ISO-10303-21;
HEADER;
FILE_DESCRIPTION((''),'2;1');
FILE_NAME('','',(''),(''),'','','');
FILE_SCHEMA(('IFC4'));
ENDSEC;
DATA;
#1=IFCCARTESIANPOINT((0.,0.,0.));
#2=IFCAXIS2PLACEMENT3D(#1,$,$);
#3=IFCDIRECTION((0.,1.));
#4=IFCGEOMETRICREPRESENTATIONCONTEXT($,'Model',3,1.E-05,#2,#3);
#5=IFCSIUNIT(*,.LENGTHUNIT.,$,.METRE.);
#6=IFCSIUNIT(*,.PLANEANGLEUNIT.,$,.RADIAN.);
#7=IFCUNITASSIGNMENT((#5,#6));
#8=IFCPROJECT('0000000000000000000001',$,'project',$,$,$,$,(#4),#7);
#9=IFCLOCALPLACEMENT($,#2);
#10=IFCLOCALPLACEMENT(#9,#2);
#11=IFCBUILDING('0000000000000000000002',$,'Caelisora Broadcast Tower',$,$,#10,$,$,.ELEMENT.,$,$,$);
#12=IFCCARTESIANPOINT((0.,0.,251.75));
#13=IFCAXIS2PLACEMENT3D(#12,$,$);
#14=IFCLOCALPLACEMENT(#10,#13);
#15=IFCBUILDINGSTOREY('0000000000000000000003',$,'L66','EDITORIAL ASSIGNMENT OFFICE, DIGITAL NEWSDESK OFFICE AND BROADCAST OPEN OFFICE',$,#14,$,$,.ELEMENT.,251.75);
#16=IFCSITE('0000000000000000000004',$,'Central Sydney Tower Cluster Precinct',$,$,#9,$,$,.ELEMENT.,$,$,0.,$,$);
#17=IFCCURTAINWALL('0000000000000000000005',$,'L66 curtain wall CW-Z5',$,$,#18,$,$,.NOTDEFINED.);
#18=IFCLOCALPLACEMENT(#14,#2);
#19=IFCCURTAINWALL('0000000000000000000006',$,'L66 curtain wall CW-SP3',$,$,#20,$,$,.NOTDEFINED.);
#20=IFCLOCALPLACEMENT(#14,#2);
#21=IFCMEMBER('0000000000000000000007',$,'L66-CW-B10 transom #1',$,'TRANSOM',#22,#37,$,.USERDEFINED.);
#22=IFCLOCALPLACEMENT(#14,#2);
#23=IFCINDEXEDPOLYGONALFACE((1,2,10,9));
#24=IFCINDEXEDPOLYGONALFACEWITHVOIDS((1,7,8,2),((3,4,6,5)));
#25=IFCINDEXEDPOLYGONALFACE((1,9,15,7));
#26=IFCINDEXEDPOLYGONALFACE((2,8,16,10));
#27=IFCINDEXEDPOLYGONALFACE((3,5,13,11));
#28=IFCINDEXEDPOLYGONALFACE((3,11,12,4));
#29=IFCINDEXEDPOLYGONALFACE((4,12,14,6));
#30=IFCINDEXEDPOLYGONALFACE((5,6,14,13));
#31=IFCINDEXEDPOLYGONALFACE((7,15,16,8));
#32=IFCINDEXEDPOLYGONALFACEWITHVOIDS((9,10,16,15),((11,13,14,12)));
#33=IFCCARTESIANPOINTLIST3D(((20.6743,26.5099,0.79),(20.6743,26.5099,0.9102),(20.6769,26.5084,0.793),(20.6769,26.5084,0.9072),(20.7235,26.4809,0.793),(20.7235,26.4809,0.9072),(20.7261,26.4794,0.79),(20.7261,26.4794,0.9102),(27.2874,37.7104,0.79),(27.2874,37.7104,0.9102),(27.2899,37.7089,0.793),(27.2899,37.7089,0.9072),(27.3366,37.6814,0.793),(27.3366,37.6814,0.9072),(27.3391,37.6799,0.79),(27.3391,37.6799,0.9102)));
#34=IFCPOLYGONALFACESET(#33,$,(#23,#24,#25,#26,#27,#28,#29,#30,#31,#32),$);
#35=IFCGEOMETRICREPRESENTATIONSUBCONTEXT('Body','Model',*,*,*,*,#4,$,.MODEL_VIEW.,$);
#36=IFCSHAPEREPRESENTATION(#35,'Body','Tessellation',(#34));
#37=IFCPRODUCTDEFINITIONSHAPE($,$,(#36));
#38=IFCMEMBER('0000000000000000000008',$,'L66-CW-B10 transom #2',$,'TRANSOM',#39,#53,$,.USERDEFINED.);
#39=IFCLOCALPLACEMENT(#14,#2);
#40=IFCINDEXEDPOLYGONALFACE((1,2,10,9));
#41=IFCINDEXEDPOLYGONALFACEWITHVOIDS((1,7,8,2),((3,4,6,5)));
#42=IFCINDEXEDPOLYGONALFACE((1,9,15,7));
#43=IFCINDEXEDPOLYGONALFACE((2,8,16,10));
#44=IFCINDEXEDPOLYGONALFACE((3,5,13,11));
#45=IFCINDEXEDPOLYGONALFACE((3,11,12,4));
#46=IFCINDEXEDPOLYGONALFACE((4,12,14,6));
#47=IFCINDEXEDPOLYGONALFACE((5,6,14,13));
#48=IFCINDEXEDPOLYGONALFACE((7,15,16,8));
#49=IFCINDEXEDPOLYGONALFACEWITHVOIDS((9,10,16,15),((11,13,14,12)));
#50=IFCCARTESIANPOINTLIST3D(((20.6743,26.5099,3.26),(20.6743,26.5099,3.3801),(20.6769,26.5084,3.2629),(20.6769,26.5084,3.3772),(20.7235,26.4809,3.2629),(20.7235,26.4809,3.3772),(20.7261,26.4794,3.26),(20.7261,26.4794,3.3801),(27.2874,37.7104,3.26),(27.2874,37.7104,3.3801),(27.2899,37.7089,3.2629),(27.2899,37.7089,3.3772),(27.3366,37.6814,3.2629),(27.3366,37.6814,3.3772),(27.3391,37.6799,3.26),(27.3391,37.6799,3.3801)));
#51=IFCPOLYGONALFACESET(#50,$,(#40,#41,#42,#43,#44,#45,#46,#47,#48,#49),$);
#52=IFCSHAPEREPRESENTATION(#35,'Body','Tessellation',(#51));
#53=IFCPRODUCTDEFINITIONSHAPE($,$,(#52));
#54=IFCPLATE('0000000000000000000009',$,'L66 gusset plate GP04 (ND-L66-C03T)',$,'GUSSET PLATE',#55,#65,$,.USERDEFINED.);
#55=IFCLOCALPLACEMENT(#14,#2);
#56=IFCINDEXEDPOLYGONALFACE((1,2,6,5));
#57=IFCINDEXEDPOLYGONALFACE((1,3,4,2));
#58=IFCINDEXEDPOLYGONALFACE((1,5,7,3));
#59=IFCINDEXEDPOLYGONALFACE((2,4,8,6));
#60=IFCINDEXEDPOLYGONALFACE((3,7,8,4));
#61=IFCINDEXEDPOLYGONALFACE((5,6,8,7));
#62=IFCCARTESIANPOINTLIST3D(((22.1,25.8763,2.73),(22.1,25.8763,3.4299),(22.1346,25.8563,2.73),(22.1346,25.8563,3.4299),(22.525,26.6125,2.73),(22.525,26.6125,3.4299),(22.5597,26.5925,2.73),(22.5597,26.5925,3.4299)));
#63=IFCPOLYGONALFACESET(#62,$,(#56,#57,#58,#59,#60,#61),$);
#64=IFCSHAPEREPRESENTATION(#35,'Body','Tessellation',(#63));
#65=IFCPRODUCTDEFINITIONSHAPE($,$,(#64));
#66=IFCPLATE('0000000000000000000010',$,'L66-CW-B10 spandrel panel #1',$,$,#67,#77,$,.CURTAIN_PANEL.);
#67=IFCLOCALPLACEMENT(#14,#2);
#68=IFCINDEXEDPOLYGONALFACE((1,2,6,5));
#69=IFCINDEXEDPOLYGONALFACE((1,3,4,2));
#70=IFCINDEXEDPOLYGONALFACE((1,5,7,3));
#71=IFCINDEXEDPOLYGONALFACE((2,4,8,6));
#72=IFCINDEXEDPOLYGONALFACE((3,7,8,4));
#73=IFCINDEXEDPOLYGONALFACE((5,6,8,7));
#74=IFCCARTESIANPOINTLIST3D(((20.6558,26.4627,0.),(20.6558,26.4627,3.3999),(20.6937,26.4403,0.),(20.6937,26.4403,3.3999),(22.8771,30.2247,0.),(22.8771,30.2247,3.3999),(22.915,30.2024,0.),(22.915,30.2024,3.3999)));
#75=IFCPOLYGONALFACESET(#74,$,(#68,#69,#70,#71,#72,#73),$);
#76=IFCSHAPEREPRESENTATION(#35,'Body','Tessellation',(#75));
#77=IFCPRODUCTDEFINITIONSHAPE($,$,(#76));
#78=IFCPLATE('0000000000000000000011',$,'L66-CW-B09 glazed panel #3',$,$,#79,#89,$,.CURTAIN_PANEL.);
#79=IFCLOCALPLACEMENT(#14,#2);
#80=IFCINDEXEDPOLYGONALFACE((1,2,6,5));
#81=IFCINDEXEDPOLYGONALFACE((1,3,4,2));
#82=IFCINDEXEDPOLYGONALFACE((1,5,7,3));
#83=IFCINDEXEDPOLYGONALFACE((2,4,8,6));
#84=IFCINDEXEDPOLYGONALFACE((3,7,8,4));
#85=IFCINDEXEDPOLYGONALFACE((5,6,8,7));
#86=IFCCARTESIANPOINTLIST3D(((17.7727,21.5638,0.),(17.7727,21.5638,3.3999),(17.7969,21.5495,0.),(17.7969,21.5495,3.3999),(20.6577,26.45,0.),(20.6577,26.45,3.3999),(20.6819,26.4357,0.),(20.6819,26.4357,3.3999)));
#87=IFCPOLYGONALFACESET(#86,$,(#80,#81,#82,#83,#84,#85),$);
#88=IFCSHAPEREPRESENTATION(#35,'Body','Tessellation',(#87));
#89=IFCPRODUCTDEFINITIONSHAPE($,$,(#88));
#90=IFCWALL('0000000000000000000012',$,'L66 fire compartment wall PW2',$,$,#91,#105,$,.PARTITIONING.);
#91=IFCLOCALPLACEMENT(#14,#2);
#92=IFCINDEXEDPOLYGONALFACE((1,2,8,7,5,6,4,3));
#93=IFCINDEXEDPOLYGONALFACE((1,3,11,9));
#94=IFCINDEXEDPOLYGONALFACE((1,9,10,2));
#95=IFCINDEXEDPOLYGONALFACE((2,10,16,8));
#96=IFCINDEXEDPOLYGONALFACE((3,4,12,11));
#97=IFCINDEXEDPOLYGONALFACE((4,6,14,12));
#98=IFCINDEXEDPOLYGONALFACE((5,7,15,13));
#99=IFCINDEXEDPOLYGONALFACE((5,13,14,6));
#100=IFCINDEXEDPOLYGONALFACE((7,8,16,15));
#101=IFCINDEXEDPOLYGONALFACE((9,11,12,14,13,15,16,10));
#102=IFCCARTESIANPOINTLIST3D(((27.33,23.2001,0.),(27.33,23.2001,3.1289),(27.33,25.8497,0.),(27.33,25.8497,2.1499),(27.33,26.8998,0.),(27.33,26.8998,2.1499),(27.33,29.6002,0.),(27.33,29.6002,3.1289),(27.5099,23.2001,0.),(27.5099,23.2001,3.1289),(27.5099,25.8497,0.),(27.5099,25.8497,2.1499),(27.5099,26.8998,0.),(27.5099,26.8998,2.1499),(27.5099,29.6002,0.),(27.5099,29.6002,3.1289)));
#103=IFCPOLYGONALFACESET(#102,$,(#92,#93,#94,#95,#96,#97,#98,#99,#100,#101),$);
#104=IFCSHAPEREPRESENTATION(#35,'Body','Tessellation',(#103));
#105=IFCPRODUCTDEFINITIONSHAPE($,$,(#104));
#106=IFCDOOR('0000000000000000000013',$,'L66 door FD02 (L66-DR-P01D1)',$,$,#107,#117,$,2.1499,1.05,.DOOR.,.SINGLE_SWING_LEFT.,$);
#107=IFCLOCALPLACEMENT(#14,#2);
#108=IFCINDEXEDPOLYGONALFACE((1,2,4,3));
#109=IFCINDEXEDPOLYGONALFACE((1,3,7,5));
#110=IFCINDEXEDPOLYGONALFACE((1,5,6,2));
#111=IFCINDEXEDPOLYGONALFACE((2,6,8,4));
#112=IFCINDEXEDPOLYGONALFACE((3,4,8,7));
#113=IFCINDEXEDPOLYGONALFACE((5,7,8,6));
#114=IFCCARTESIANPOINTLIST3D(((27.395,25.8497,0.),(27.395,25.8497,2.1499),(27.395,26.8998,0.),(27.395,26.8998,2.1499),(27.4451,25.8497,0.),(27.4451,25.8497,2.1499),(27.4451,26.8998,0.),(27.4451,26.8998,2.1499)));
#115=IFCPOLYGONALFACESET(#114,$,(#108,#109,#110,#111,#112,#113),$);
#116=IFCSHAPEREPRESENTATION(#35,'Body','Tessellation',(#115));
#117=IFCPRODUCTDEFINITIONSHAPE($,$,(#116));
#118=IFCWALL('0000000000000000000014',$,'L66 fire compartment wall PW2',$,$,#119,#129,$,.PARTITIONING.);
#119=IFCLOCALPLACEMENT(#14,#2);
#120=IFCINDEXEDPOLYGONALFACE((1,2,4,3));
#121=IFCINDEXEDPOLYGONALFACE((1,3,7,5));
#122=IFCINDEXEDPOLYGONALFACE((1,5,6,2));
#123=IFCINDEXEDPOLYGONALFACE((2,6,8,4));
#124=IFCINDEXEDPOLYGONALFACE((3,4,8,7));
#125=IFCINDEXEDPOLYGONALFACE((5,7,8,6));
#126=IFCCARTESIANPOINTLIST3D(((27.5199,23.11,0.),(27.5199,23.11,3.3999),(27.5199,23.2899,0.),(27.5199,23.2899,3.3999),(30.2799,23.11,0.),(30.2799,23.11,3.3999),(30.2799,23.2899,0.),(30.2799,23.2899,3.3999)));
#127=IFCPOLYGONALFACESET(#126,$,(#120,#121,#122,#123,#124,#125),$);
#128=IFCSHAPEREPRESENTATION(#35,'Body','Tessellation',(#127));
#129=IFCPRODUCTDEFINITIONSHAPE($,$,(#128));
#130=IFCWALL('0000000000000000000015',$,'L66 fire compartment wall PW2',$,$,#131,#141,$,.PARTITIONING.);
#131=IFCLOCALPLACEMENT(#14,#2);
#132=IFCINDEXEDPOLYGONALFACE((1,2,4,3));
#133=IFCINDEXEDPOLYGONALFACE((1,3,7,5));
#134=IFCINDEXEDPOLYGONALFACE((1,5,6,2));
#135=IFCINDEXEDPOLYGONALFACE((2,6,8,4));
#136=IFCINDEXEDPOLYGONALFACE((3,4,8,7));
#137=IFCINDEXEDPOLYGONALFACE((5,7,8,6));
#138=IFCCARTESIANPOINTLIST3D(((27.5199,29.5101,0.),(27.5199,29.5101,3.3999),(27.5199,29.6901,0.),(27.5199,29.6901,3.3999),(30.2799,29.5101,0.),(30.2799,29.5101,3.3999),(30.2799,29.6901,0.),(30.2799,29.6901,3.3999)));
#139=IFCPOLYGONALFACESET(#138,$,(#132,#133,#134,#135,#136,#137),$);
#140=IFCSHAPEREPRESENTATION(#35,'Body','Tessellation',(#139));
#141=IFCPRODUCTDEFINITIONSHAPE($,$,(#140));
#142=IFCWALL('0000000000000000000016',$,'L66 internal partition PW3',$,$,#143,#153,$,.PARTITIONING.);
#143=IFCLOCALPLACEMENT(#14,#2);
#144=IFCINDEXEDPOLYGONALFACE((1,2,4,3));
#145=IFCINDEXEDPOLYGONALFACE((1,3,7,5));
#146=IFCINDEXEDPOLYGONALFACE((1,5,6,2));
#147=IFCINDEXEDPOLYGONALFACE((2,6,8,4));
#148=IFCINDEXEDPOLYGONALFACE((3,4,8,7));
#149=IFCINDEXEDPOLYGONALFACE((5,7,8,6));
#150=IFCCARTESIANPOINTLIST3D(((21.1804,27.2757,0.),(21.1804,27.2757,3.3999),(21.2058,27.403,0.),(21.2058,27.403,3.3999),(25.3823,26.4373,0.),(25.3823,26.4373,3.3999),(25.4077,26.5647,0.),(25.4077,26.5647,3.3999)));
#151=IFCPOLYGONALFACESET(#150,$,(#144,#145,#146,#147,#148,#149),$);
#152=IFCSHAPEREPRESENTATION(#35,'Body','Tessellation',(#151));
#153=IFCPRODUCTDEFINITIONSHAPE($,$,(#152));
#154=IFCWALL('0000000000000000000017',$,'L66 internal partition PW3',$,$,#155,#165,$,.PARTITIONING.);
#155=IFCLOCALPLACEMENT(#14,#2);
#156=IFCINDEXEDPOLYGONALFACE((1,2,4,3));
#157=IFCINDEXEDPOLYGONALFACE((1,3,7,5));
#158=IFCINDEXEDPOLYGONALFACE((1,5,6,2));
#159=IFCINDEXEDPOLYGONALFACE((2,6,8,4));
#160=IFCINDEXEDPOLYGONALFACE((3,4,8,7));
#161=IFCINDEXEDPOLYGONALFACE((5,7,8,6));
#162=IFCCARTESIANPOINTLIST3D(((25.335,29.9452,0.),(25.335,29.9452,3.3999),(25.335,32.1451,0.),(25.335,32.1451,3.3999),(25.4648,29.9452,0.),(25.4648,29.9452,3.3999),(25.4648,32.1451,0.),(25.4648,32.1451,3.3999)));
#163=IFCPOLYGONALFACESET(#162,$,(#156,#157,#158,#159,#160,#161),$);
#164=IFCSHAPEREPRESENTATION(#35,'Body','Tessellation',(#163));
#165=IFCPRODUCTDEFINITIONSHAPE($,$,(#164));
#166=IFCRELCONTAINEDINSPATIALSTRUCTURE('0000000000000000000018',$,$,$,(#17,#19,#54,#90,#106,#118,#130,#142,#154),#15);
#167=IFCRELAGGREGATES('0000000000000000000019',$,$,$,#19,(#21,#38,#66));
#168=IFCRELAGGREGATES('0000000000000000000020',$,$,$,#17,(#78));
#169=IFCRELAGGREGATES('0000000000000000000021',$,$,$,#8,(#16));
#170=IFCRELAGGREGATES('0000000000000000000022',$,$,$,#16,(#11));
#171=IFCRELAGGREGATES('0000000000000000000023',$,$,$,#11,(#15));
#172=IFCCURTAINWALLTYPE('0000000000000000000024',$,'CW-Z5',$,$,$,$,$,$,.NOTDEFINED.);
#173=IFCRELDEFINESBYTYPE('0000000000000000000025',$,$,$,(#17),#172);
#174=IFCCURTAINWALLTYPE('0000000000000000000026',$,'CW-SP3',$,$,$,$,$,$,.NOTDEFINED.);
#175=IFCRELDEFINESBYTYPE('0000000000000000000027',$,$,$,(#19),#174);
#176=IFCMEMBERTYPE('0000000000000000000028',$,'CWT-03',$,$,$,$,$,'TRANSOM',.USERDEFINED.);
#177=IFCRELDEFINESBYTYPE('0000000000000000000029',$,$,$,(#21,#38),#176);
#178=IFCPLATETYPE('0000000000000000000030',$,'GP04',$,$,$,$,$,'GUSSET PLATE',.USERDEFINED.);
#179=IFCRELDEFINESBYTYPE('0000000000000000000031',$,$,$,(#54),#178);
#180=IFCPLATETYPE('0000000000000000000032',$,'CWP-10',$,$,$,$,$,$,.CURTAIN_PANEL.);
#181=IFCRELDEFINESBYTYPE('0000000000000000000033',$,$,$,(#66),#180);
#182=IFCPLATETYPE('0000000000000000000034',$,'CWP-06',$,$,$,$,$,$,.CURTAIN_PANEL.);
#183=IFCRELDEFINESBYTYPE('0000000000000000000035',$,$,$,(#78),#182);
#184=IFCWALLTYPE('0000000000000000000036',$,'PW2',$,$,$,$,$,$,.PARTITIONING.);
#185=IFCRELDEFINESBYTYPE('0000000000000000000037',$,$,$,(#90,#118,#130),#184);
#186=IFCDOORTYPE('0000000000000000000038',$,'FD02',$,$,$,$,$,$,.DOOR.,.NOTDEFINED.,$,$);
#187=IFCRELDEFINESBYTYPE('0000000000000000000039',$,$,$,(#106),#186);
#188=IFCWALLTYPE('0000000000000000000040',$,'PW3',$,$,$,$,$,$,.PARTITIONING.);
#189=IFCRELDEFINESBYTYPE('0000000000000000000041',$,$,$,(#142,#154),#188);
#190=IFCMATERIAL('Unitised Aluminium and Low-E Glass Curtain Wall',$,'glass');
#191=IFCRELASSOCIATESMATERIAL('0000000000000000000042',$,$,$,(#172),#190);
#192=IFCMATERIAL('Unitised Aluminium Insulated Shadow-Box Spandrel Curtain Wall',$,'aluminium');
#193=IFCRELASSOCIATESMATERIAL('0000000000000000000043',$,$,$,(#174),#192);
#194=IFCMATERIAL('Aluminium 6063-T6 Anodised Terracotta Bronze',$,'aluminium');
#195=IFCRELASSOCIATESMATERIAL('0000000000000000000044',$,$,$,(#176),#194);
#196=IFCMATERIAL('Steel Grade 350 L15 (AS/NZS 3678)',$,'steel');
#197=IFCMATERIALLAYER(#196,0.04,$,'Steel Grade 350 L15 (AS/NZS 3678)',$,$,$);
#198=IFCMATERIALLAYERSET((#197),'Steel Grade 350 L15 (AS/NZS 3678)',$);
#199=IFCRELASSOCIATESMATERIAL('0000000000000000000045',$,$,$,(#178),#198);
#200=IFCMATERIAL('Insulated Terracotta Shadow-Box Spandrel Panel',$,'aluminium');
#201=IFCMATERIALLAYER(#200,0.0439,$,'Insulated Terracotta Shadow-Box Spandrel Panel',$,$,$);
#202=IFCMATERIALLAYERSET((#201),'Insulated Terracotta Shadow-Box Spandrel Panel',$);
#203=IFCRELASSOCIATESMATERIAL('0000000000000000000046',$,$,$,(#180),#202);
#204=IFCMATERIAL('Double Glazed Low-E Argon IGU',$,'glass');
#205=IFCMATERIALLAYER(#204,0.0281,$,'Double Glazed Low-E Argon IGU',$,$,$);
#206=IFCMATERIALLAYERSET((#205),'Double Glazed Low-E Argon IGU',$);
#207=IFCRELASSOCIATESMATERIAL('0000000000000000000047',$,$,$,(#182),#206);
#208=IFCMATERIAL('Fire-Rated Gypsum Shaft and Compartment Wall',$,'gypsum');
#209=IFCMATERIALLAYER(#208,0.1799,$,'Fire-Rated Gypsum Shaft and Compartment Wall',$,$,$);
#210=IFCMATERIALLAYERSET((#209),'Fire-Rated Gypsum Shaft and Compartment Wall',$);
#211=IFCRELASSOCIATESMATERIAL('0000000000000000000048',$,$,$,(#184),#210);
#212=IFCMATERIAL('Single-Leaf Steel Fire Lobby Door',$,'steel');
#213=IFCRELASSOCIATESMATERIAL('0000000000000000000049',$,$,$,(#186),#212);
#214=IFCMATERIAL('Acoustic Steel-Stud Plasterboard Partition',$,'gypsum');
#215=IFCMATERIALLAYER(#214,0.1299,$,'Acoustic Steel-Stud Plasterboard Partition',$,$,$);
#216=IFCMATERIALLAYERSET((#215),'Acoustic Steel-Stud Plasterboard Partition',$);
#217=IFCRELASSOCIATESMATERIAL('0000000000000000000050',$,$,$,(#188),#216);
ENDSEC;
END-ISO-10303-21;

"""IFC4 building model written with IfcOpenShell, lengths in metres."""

from ifc_helpers import new_model, si_unit, direction, frame, frame_2d, origin, origin_2d, place, context, subcontext, project, spatial, rectangle, hollow_rectangle, extrude, source, transform, mapped, material, layer, layer_set, material_profile, profile_set, type_object, type_shapes, element, fill, aggregate, save


model = new_model("IFC4")

# Units and contexts
model_context = context("Model", 3, precision=1e-05, world=origin(), true_north=direction((0.0, 1.0)))
body_context = subcontext(model_context, "Body", "Model", "MODEL_VIEW")
ifc_project = project(units=[si_unit("LENGTHUNIT", "METRE"), si_unit("PLANEANGLEUNIT", "RADIAN")], contexts=[model_context])

# Site, building, storey
site_placement = place(None, origin())
site = spatial("IfcSite", under=ifc_project, at=site_placement, Name="Central Sydney Tower Cluster Precinct", CompositionType="ELEMENT", RefElevation=0.0)
building_placement = place(site_placement, origin())
building = spatial("IfcBuilding", under=site, at=building_placement, Name="Caelisora Broadcast Tower", CompositionType="ELEMENT")
storey_placement = place(building_placement, frame((0.0, 0.0, 251.75)))
storey = spatial("IfcBuildingStorey", under=building, at=storey_placement, Name="L66", Description="EDITORIAL ASSIGNMENT OFFICE, DIGITAL NEWSDESK OFFICE AND BROADCAST OPEN OFFICE", CompositionType="ELEMENT", Elevation=251.75)

# Shared definitions
ifc_material_1 = material(Name="Steel Grade 350 L15 (AS/NZS 3678)", Category="steel")

# Curtain walls, members
ifc_material_2 = material(Name="Unitised Aluminium and Low-E Glass Curtain Wall", Category="glass")
curtain_wall_type_1 = type_object("IfcCurtainWallType", Name="CW-Z5", PredefinedType="NOTDEFINED", material=ifc_material_2)
curtain_wall_1_placement = place(storey_placement, origin())
curtain_wall_1 = element("IfcCurtainWall", 1, at=curtain_wall_1_placement, inside=storey, type_object=curtain_wall_type_1, Name="L66 curtain wall CW-Z5", PredefinedType="NOTDEFINED")
ifc_material_3 = material(Name="Aluminium 6063-T6 Anodised Terracotta Bronze", Category="aluminium")
ifc_material_4 = material(Name="Unitised Aluminium Insulated Shadow-Box Spandrel Curtain Wall", Category="aluminium")
curtain_wall_type_2 = type_object("IfcCurtainWallType", Name="CW-SP3", PredefinedType="NOTDEFINED", material=ifc_material_4)
curtain_wall_2_placement = place(storey_placement, origin())
curtain_wall_2 = element("IfcCurtainWall", 2, at=curtain_wall_2_placement, inside=storey, type_object=curtain_wall_type_2, Name="L66 curtain wall CW-SP3", PredefinedType="NOTDEFINED")
ifc_material_profile_1 = material_profile(ifc_material_3, hollow_rectangle(XDim=0.0601, YDim=0.1201, WallThickness=0.0029, at=origin_2d()), Name="Aluminium 6063-T6 Anodised Terracotta Bronze")
ifc_profile_set_1 = profile_set([ifc_material_profile_1], Name="Aluminium 6063-T6 Anodised Terracotta Bronze")
member_type_1 = type_object("IfcMemberType", Name="CWT-03", ElementType="TRANSOM", PredefinedType="USERDEFINED", material=ifc_profile_set_1)
shared_shape_1 = source(origin(), body_context, "Body", "SweptSolid", [
    extrude(hollow_rectangle(XDim=0.0601, YDim=0.1201, WallThickness=0.0029, at=origin_2d()), origin(), (0.0, 0.0, 1.0), 13.0071),
])
type_shapes(member_type_1, [shared_shape_1])
member_1_placement = place(storey_placement, frame((20.7002, 26.4946, 0.8501), z_axis=(0.508421, 0.861108, 0.0), x_axis=(-0.861108, 0.508421, 0.0)))
member_1 = element("IfcMember", 3, at=member_1_placement, type_object=member_type_1, Name="L66-CW-B10 transom #1", ObjectType="TRANSOM", PredefinedType="USERDEFINED", context=body_context, shape_type="MappedRepresentation", body=[
    mapped(shared_shape_1, transform((0.0, 0.0, 0.0), scale=1.0)),
])
member_2_placement = place(storey_placement, frame((20.7002, 26.4946, 3.3201), z_axis=(0.508421, 0.861108, 0.0), x_axis=(-0.861108, 0.508421, 0.0)))
member_2 = element("IfcMember", 4, at=member_2_placement, type_object=member_type_1, Name="L66-CW-B10 transom #2", ObjectType="TRANSOM", PredefinedType="USERDEFINED", context=body_context, shape_type="MappedRepresentation", body=[
    mapped(shared_shape_1, transform((0.0, 0.0, 0.0), scale=1.0)),
])

# Plates
ifc_layer_1 = layer(ifc_material_1, 0.04, Name="Steel Grade 350 L15 (AS/NZS 3678)")
ifc_layer_set_1 = layer_set([ifc_layer_1], Name="Steel Grade 350 L15 (AS/NZS 3678)")
plate_type_1 = type_object("IfcPlateType", Name="GP04", ElementType="GUSSET PLATE", PredefinedType="USERDEFINED", material=ifc_layer_set_1)
shared_shape_2 = source(origin(), body_context, "Body", "SweptSolid", [
    extrude(rectangle(XDim=0.8501, YDim=0.04, at=origin_2d()), origin(), (0.0, 0.0, 1.0), 0.7),
])
type_shapes(plate_type_1, [shared_shape_2])
plate_1_placement = place(storey_placement, frame((22.3298, 26.2344, 2.73), z_axis=(0.0, 0.0, 1.0), x_axis=(-0.5, -0.866025, 0.0)))
element("IfcPlate", 5, at=plate_1_placement, inside=storey, type_object=plate_type_1, Name="L66 gusset plate GP04 (ND-L66-C03T)", ObjectType="GUSSET PLATE", PredefinedType="USERDEFINED", context=body_context, shape_type="MappedRepresentation", body=[
    mapped(shared_shape_2, transform((0.0, 0.0, 0.0), scale=1.0)),
])
ifc_material_5 = material(Name="Insulated Terracotta Shadow-Box Spandrel Panel", Category="aluminium")
ifc_layer_2 = layer(ifc_material_5, 0.0439, Name="Insulated Terracotta Shadow-Box Spandrel Panel")
ifc_layer_set_2 = layer_set([ifc_layer_2], Name="Insulated Terracotta Shadow-Box Spandrel Panel")
plate_type_2 = type_object("IfcPlateType", Name="CWP-10", PredefinedType="CURTAIN_PANEL", material=ifc_layer_set_2)
shared_shape_3 = source(origin(), body_context, "Body", "SweptSolid", [
    extrude(rectangle(XDim=4.3689, YDim=0.0439, at=origin_2d()), origin(), (0.0, 0.0, 1.0), 3.3999),
])
type_shapes(plate_type_2, [shared_shape_3])
plate_2_placement = place(storey_placement, frame((21.7854, 28.3325, 0.0), z_axis=(0.0, 0.0, 1.0), x_axis=(0.50844, 0.861097, 0.0)))
plate_2 = element("IfcPlate", 6, at=plate_2_placement, type_object=plate_type_2, Name="L66-CW-B10 spandrel panel #1", PredefinedType="CURTAIN_PANEL", context=body_context, shape_type="MappedRepresentation", body=[
    mapped(shared_shape_3, transform((0.0, 0.0, 0.0), scale=1.0)),
])
aggregate(curtain_wall_2, [member_1, member_2, plate_2])
ifc_material_6 = material(Name="Double Glazed Low-E Argon IGU", Category="glass")
ifc_layer_3 = layer(ifc_material_6, 0.0281, Name="Double Glazed Low-E Argon IGU")
ifc_layer_set_3 = layer_set([ifc_layer_3], Name="Double Glazed Low-E Argon IGU")
plate_type_3 = type_object("IfcPlateType", Name="CWP-06", PredefinedType="CURTAIN_PANEL", material=ifc_layer_set_3)
shared_shape_4 = source(origin(), body_context, "Body", "SweptSolid", [
    extrude(rectangle(XDim=5.6743, YDim=0.0281, at=origin_2d()), origin(), (0.0, 0.0, 1.0), 3.3999),
])
type_shapes(plate_type_3, [shared_shape_4])
plate_3_placement = place(storey_placement, frame((19.2273, 23.9998, 0.0), z_axis=(0.0, 0.0, 1.0), x_axis=(0.50844, 0.861097, 0.0)))
plate_3 = element("IfcPlate", 7, at=plate_3_placement, type_object=plate_type_3, Name="L66-CW-B09 glazed panel #3", PredefinedType="CURTAIN_PANEL", context=body_context, shape_type="MappedRepresentation", body=[
    mapped(shared_shape_4, transform((0.0, 0.0, 0.0), scale=1.0)),
])
aggregate(curtain_wall_1, [plate_3])

# Wall, opening, door
ifc_material_7 = material(Name="Fire-Rated Gypsum Shaft and Compartment Wall", Category="gypsum")
ifc_layer_4 = layer(ifc_material_7, 0.1799, Name="Fire-Rated Gypsum Shaft and Compartment Wall")
ifc_layer_set_4 = layer_set([ifc_layer_4], Name="Fire-Rated Gypsum Shaft and Compartment Wall")
wall_type_1 = type_object("IfcWallType", Name="PW2", PredefinedType="PARTITIONING", material=ifc_layer_set_4)
wall_1_placement = place(storey_placement, frame((27.4199, 23.2, 0.0), z_axis=(0.0, 0.0, 1.0), x_axis=(0.0, 1.0, 0.0)))
wall_1 = element("IfcWall", 8, at=wall_1_placement, inside=storey, type_object=wall_type_1, Name="L66 fire compartment wall PW2", PredefinedType="PARTITIONING", context=body_context, shape_type="SweptSolid", body=[
    extrude(rectangle(XDim=6.4001, YDim=0.1799, at=frame_2d((3.2002, 0.0))), origin(), (0.0, 0.0, 1.0), 3.1289),
])
opening_1_placement = place(wall_1_placement, frame((2.6499, 0.0, 0.0)))
opening_1 = element("IfcOpeningElement", 9, at=opening_1_placement, cuts=wall_1, PredefinedType="OPENING", context=body_context, shape_type="SweptSolid", body=[
    extrude(rectangle(XDim=1.05, YDim=2.1499, at=frame_2d((0.5249, 1.075))), frame((0.0, 0.1021, 0.0), z_axis=(0.0, -1.0, 0.0), x_axis=(1.0, 0.0, 0.0)), (0.0, 0.0, 1.0), 0.2039),
])
ifc_material_8 = material(Name="Single-Leaf Steel Fire Lobby Door", Category="steel")
door_type_1 = type_object("IfcDoorType", Name="FD02", OperationType="NOTDEFINED", PredefinedType="DOOR", material=ifc_material_8)
door_1_placement = place(opening_1_placement, origin())
door_1 = element("IfcDoor", 10, at=door_1_placement, inside=storey, type_object=door_type_1, Name="L66 door FD02 (L66-DR-P01D1)", OperationType="SINGLE_SWING_LEFT", OverallHeight=2.1499, OverallWidth=1.05, PredefinedType="DOOR", context=body_context, shape_type="SweptSolid", body=[
    extrude(rectangle(XDim=1.05, YDim=2.1499, at=frame_2d((0.5249, 1.075))), frame((0.0, 0.0249, 0.0), z_axis=(0.0, -1.0, 0.0), x_axis=(1.0, 0.0, 0.0)), (0.0, 0.0, 1.0), 0.05),
])
fill(opening_1, door_1)

# Walls
for number, where, z_axis, x_axis, name in (
    (11, (27.52, 23.2, 0.0), (0.0, 0.0, 1.0), (1.0, 0.0, 0.0), "L66 fire compartment wall PW2"),
    (12, (27.52, 29.6001, 0.0), (0.0, 0.0, 1.0), (1.0, 0.0, 0.0), "L66 fire compartment wall PW2"),
):
    element("IfcWall", number, at=place(storey_placement, frame(where, z_axis=z_axis, x_axis=x_axis)), inside=storey, type_object=wall_type_1, Name=name, PredefinedType="PARTITIONING", context=body_context, shape_type="SweptSolid", body=[
        extrude(rectangle(XDim=2.76, YDim=0.1799, at=frame_2d((1.3799, 0.0))), origin(), (0.0, 0.0, 1.0), 3.3999),
    ])
ifc_material_9 = material(Name="Acoustic Steel-Stud Plasterboard Partition", Category="gypsum")
ifc_layer_5 = layer(ifc_material_9, 0.1299, Name="Acoustic Steel-Stud Plasterboard Partition")
ifc_layer_set_5 = layer_set([ifc_layer_5], Name="Acoustic Steel-Stud Plasterboard Partition")
wall_type_2 = type_object("IfcWallType", Name="PW3", PredefinedType="PARTITIONING", material=ifc_layer_set_5)
wall_2_placement = place(storey_placement, frame((21.1931, 27.3394, 0.0), z_axis=(0.0, 0.0, 1.0), x_axis=(0.98067, -0.195667, 0.0)))
element("IfcWall", 13, at=wall_2_placement, inside=storey, type_object=wall_type_2, Name="L66 internal partition PW3", PredefinedType="PARTITIONING", context=body_context, shape_type="SweptSolid", body=[
    extrude(rectangle(XDim=4.2847, YDim=0.1299, at=frame_2d((2.1423, 0.0))), origin(), (0.0, 0.0, 1.0), 3.3999),
])

# Wall
wall_3_placement = place(storey_placement, frame((25.3999, 29.9451, 0.0), z_axis=(0.0, 0.0, 1.0), x_axis=(0.0, 1.0, 0.0)))
element("IfcWall", 14, at=wall_3_placement, inside=storey, type_object=wall_type_2, Name="L66 internal partition PW3", PredefinedType="PARTITIONING", context=body_context, shape_type="SweptSolid", body=[
    extrude(rectangle(XDim=2.2, YDim=0.1299, at=frame_2d((1.1001, 0.0))), origin(), (0.0, 0.0, 1.0), 3.3999),
])

save(model, "model.ifc")
